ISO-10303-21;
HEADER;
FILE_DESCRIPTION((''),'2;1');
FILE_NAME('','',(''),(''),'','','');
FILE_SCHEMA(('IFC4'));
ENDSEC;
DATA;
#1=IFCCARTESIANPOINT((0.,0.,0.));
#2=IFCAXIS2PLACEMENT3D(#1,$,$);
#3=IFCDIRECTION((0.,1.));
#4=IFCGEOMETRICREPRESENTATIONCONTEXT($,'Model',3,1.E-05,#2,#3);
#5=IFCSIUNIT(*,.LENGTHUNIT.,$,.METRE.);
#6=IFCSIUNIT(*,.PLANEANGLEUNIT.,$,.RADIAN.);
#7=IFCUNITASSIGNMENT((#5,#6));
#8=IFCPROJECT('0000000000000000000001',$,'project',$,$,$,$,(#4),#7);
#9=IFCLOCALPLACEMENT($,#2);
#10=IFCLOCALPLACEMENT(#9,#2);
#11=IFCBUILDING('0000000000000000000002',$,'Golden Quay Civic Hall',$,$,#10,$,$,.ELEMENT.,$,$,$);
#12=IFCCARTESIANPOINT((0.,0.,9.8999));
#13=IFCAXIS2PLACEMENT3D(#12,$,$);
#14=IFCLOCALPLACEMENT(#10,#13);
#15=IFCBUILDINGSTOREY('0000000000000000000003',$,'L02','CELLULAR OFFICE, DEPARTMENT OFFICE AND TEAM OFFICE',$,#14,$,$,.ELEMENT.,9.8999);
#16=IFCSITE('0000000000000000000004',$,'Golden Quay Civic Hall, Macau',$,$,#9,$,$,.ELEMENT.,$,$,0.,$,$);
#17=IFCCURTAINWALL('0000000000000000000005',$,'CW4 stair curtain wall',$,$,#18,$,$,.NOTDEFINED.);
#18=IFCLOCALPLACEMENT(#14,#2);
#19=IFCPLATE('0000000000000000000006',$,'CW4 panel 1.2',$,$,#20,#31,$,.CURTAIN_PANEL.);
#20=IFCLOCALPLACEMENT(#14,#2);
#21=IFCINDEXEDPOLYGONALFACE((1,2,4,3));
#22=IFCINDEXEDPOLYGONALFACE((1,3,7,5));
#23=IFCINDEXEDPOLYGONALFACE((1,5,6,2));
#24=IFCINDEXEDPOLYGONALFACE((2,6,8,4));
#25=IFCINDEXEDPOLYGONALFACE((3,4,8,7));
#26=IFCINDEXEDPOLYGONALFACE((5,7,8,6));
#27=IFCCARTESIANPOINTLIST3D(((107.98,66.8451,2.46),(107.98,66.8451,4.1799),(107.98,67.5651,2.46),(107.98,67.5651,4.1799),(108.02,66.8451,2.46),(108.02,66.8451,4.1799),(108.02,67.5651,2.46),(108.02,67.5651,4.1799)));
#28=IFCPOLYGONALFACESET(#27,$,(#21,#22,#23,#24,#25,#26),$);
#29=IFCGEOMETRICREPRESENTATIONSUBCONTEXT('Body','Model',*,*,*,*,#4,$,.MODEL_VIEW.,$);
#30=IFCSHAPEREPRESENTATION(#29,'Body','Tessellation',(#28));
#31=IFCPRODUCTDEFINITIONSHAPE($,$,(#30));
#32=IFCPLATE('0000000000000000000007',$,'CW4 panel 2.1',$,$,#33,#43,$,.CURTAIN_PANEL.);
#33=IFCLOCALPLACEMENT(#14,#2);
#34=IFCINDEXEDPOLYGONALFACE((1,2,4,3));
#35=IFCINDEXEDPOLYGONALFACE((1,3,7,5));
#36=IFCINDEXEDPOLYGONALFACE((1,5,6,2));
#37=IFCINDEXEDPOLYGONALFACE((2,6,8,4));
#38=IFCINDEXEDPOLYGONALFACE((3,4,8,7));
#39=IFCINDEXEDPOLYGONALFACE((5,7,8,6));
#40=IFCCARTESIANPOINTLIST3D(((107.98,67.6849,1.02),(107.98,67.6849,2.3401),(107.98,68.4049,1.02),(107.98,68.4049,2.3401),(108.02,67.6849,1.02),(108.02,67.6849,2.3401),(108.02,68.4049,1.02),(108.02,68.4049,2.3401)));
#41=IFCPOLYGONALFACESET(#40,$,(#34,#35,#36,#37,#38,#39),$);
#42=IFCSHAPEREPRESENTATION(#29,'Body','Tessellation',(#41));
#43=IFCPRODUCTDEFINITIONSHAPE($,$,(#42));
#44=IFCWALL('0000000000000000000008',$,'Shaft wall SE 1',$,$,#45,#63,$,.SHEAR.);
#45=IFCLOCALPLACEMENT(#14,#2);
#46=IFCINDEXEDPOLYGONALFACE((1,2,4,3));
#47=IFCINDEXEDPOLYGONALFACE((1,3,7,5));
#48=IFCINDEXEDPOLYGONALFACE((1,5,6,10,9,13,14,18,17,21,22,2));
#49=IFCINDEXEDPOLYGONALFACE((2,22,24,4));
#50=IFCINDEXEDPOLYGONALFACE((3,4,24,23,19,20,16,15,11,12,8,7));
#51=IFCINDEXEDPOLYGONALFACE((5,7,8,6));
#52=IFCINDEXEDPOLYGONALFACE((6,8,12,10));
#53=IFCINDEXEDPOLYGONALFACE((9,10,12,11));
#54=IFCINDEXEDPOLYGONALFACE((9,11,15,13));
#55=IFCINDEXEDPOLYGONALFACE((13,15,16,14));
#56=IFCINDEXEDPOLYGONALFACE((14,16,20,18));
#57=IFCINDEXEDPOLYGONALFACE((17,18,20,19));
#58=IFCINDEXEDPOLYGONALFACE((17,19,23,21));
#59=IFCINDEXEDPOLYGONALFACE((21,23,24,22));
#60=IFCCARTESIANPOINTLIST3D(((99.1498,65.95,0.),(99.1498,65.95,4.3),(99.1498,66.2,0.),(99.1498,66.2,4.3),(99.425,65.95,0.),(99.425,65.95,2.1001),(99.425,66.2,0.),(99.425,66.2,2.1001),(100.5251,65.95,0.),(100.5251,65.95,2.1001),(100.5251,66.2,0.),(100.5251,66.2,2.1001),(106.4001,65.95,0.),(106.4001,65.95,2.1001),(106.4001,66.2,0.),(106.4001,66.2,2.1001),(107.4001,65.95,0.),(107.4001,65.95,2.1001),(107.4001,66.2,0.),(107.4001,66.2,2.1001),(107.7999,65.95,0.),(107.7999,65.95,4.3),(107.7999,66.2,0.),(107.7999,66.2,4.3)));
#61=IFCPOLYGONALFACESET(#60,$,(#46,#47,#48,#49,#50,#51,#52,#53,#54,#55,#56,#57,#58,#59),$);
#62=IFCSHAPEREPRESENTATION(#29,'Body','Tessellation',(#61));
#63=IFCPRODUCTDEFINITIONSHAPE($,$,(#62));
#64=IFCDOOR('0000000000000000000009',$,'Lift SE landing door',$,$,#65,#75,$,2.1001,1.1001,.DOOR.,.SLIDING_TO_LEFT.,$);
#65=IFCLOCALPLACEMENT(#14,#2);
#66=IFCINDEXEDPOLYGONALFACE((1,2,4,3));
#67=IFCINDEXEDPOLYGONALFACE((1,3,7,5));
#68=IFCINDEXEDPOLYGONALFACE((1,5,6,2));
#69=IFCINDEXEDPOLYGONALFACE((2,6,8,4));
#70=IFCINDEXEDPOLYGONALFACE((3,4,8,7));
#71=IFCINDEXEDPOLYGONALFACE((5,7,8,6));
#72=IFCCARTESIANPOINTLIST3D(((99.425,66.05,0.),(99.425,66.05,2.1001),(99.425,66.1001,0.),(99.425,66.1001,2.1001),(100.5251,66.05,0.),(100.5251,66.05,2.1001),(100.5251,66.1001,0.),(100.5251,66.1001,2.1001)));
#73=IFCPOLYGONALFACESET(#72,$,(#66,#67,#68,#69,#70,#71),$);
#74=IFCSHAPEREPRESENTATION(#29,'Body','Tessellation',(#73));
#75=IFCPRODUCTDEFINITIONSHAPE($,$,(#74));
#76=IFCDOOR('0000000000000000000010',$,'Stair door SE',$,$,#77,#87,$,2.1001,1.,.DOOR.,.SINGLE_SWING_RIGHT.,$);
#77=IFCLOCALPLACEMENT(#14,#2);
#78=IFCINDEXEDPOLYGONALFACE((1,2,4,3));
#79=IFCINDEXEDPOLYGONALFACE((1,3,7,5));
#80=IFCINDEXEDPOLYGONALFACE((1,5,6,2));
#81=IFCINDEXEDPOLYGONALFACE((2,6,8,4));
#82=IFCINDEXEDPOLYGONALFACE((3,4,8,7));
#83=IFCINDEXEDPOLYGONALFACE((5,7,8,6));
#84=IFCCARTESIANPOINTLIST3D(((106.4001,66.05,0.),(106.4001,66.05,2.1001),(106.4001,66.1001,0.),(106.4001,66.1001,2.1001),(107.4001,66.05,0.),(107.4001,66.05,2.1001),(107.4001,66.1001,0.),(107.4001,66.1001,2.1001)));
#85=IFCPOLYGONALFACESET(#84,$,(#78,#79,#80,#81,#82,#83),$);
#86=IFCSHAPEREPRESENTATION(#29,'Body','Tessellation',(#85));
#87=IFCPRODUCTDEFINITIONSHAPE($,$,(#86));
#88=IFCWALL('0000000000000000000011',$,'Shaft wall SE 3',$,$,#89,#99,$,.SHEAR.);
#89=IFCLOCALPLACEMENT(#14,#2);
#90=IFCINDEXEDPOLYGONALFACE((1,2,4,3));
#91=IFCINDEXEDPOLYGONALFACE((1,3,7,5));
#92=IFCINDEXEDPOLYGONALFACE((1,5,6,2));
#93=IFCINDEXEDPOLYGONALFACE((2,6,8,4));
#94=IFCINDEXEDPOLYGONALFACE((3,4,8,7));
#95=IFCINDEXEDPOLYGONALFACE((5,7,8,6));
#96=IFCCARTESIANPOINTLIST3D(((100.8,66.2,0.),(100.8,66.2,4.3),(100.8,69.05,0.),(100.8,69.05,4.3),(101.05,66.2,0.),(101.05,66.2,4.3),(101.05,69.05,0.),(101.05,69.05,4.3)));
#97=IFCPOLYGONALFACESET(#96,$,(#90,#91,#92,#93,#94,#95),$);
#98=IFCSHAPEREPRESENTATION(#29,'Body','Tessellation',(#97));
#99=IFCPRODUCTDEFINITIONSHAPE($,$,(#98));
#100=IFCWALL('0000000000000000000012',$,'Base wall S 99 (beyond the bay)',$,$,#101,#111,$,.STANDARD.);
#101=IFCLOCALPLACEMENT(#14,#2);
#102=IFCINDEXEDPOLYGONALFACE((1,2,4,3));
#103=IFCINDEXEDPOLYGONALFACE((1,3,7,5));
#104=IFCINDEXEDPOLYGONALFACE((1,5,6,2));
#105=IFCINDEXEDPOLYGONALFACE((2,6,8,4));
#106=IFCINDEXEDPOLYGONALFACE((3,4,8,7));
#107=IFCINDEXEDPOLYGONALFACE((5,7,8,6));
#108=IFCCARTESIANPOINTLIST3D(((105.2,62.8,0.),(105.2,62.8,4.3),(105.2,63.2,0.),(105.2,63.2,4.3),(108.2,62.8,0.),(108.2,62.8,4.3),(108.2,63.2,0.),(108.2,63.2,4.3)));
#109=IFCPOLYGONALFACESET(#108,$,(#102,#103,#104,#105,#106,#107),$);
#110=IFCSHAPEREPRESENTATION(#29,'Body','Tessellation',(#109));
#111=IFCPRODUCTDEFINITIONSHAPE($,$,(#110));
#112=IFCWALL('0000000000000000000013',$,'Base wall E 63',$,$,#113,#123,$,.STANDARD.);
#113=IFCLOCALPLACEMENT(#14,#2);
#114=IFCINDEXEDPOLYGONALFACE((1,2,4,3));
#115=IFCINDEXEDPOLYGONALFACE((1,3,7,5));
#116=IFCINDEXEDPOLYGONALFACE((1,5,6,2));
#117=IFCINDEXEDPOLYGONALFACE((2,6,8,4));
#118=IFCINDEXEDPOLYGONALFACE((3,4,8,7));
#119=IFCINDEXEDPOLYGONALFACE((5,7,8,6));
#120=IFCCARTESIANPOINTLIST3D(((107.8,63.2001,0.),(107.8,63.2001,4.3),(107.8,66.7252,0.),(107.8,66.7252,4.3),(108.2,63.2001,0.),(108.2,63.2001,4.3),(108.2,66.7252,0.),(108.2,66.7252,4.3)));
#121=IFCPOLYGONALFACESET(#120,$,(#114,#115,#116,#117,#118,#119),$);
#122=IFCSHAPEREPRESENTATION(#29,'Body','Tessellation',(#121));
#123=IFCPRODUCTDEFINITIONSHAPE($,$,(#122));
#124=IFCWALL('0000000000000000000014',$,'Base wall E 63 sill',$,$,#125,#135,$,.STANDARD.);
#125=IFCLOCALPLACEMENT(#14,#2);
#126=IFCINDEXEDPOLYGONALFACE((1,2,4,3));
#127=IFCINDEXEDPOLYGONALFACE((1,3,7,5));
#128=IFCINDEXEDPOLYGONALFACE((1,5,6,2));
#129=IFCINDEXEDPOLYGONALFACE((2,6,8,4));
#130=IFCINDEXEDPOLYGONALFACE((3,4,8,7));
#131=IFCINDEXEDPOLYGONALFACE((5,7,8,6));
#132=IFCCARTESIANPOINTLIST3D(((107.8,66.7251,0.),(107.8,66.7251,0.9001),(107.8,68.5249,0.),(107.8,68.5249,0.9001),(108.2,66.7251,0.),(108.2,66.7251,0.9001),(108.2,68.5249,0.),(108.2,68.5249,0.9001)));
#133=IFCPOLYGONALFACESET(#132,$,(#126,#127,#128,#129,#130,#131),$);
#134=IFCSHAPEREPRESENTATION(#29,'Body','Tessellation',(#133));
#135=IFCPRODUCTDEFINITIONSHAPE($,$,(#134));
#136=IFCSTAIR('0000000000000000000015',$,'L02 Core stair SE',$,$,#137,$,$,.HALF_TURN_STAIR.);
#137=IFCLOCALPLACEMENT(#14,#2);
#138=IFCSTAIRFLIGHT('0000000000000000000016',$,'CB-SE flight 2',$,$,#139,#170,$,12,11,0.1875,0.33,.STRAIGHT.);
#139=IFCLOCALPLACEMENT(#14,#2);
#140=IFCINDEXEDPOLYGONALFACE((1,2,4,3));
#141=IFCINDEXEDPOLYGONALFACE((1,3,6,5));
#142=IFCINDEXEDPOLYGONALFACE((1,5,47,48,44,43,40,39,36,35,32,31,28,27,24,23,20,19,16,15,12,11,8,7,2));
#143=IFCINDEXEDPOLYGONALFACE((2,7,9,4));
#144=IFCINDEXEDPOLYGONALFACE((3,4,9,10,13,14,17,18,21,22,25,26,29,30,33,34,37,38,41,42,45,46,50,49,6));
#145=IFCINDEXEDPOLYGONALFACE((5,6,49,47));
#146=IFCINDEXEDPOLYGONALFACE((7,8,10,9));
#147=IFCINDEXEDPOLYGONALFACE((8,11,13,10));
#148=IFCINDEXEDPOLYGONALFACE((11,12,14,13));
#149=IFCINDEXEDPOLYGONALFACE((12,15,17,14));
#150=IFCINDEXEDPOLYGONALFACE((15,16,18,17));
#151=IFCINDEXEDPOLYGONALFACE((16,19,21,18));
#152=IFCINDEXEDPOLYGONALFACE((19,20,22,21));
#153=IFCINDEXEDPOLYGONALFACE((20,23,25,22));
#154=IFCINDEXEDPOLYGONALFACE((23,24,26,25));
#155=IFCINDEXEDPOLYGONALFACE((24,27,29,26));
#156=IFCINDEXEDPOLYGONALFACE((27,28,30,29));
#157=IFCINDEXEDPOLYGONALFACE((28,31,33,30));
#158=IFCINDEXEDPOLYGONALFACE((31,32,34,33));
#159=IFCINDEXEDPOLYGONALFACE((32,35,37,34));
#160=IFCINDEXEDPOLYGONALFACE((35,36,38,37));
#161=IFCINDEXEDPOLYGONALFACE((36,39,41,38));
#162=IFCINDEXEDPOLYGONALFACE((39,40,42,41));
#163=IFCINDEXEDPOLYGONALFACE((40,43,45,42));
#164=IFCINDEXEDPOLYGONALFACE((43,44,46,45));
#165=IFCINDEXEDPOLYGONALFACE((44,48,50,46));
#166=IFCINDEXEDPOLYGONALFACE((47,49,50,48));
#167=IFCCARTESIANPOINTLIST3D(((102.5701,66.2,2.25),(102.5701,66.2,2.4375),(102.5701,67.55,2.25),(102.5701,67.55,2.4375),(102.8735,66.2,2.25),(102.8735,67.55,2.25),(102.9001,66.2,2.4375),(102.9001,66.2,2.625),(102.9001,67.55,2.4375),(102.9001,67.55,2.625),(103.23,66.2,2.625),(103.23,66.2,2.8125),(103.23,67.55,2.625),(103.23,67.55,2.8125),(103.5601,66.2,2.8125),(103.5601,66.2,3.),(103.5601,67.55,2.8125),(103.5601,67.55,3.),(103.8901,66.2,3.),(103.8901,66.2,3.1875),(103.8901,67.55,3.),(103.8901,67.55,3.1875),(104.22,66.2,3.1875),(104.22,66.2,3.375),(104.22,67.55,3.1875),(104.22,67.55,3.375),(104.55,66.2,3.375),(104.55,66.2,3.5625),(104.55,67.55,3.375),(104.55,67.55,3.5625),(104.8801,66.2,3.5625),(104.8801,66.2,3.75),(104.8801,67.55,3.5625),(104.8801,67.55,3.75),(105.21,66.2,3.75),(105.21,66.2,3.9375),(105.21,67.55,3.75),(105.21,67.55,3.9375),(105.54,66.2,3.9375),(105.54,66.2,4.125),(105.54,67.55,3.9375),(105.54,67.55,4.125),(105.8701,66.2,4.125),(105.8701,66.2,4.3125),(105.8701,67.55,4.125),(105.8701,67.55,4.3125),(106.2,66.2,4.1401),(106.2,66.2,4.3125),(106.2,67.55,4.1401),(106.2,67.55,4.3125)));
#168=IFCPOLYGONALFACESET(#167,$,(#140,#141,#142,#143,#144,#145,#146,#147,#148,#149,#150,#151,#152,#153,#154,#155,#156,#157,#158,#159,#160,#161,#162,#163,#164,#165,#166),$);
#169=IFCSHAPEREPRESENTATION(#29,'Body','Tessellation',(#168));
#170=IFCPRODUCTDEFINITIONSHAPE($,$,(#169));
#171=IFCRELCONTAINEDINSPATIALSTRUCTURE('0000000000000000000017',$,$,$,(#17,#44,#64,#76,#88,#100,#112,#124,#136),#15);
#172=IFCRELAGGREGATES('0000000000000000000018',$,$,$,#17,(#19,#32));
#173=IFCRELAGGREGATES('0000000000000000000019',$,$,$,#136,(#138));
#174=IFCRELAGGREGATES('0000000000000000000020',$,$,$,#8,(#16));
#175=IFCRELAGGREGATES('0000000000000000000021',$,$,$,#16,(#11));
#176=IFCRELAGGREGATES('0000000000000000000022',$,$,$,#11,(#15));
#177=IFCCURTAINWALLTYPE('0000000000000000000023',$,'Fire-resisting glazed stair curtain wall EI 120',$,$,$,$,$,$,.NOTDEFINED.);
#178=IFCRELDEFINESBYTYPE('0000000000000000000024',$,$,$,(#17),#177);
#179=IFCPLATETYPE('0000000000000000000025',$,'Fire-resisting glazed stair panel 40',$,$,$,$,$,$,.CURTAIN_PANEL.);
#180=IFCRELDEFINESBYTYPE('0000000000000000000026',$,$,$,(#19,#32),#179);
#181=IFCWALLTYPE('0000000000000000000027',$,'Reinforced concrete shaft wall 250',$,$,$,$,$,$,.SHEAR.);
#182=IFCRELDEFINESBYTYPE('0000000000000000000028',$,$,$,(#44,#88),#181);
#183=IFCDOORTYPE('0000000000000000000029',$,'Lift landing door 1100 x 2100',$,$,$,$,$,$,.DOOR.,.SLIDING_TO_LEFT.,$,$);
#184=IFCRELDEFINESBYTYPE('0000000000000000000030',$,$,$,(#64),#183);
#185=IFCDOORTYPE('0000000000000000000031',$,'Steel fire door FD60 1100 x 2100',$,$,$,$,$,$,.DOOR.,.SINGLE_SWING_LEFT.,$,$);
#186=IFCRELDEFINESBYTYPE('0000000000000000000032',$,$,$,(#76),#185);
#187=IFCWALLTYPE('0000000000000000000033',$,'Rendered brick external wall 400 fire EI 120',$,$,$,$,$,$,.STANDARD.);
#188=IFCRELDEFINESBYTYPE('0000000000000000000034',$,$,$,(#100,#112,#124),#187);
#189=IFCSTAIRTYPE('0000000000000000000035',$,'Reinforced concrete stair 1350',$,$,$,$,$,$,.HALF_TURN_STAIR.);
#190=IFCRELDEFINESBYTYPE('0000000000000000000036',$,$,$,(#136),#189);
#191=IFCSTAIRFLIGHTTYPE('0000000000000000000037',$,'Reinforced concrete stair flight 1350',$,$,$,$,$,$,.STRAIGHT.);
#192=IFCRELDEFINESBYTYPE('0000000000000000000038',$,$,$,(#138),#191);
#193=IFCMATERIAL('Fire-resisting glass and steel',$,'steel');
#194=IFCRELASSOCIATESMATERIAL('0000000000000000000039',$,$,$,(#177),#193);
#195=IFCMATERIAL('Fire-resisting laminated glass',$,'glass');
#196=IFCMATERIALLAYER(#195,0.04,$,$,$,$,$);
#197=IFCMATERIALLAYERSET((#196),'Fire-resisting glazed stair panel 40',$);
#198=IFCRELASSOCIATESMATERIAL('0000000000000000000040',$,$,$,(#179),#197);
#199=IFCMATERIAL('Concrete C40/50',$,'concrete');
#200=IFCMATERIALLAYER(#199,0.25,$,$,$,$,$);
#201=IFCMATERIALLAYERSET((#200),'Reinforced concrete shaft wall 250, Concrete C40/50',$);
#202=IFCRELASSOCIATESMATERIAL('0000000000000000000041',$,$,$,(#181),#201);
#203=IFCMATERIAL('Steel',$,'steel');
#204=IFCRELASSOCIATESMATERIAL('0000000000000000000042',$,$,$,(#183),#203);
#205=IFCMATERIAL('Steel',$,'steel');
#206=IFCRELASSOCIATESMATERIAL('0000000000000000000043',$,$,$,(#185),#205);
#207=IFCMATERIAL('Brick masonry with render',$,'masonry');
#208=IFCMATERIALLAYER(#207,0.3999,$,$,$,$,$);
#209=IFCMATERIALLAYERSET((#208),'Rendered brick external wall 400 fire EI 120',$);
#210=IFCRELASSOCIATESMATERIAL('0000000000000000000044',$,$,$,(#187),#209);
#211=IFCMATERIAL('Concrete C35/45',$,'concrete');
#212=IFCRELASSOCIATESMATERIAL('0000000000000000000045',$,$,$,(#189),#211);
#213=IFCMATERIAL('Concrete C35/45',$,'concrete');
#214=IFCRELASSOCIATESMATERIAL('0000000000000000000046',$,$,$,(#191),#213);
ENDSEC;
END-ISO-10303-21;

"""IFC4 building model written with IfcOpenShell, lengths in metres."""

from ifc_helpers import new_model, si_unit, direction, frame, frame_2d, origin, origin_2d, place, context, subcontext, project, spatial, polyline, rectangle, outline, extrude, material, layer, layer_set, type_object, element, fill, aggregate, save


model = new_model("IFC4")

# Units and contexts
model_context = context("Model", 3, precision=1e-05, world=origin(), true_north=direction((0.0, 1.0)))
body_context = subcontext(model_context, "Body", "Model", "MODEL_VIEW")
ifc_project = project(units=[si_unit("LENGTHUNIT", "METRE"), si_unit("PLANEANGLEUNIT", "RADIAN")], contexts=[model_context])

# Site, building, storey
site_placement = place(None, origin())
site = spatial("IfcSite", under=ifc_project, at=site_placement, Name="Golden Quay Civic Hall, Macau", CompositionType="ELEMENT", RefElevation=0.0)
building_placement = place(site_placement, origin())
building = spatial("IfcBuilding", under=site, at=building_placement, Name="Golden Quay Civic Hall", CompositionType="ELEMENT")
storey_placement = place(building_placement, frame((0.0, 0.0, 9.8999)))
storey = spatial("IfcBuildingStorey", under=building, at=storey_placement, Name="L02", Description="CELLULAR OFFICE, DEPARTMENT OFFICE AND TEAM OFFICE", CompositionType="ELEMENT", Elevation=9.8999)

# Shared definitions
ifc_material_1 = material(Name="Fire-resisting glass and steel", Category="steel")
curtain_wall_type = type_object("IfcCurtainWallType", Name="Fire-resisting glazed stair curtain wall EI 120", PredefinedType="NOTDEFINED", material=ifc_material_1)

# Curtain wall
curtain_wall_1_placement = place(storey_placement, origin())
curtain_wall_1 = element("IfcCurtainWall", 1, at=curtain_wall_1_placement, inside=storey, type_object=curtain_wall_type, Name="CW4 stair curtain wall", PredefinedType="NOTDEFINED")

# Plates
ifc_material_2 = material(Name="Fire-resisting laminated glass", Category="glass")
ifc_layer_1 = layer(ifc_material_2, 0.04)
ifc_layer_set_1 = layer_set([ifc_layer_1], Name="Fire-resisting glazed stair panel 40")
plate_type = type_object("IfcPlateType", Name="Fire-resisting glazed stair panel 40", PredefinedType="CURTAIN_PANEL", material=ifc_layer_set_1)
plate_1_placement = place(storey_placement, frame((108.0, 67.2051, 2.46), z_axis=(0.0, 0.0, 1.0), x_axis=(0.0, 1.0, 0.0)))
plate_1 = element("IfcPlate", 2, at=plate_1_placement, type_object=plate_type, Name="CW4 panel 1.2", PredefinedType="CURTAIN_PANEL", context=body_context, shape_type="SweptSolid", body=[
    extrude(rectangle(XDim=0.72, YDim=0.04, at=origin_2d()), origin(), (0.0, 0.0, 1.0), 1.72),
])
plate_2_placement = place(storey_placement, frame((108.0, 68.0449, 1.02), z_axis=(0.0, 0.0, 1.0), x_axis=(0.0, 1.0, 0.0)))
plate_2 = element("IfcPlate", 3, at=plate_2_placement, type_object=plate_type, Name="CW4 panel 2.1", PredefinedType="CURTAIN_PANEL", context=body_context, shape_type="SweptSolid", body=[
    extrude(rectangle(XDim=0.72, YDim=0.04, at=origin_2d()), origin(), (0.0, 0.0, 1.0), 1.3201),
])
aggregate(curtain_wall_1, [plate_1, plate_2])

# Wall, openings, doors
ifc_material_3 = material(Name="Concrete C40/50", Category="concrete")
ifc_layer_2 = layer(ifc_material_3, 0.25)
ifc_layer_set_2 = layer_set([ifc_layer_2], Name="Reinforced concrete shaft wall 250, Concrete C40/50")
wall_type_1 = type_object("IfcWallType", Name="Reinforced concrete shaft wall 250", PredefinedType="SHEAR", material=ifc_layer_set_2)
wall_1_placement = place(storey_placement, frame((107.8, 66.075, 0.0), z_axis=(0.0, 0.0, 1.0), x_axis=(-1.0, 0.0, 0.0)))
wall_1 = element("IfcWall", 4, at=wall_1_placement, inside=storey, type_object=wall_type_1, Name="Shaft wall SE 1", PredefinedType="SHEAR", context=body_context, shape_type="SweptSolid", body=[
    extrude(rectangle(XDim=8.6501, YDim=0.25, at=frame_2d((4.3252, 0.0))), origin(), (0.0, 0.0, 1.0), 4.3),
])
opening_1_placement = place(wall_1_placement, frame((0.3999, 0.0, 0.0)))
opening_1 = element("IfcOpeningElement", 5, at=opening_1_placement, cuts=wall_1, PredefinedType="OPENING", context=body_context, shape_type="SweptSolid", body=[
    extrude(rectangle(XDim=1.0, YDim=2.1001, at=frame_2d((0.5, 1.05))), frame((0.0, 0.135, 0.0), z_axis=(0.0, -1.0, 0.0), x_axis=(1.0, 0.0, 0.0)), (0.0, 0.0, 1.0), 0.27),
])
opening_2_placement = place(wall_1_placement, frame((7.2749, 0.0, 0.0)))
opening_2 = element("IfcOpeningElement", 6, at=opening_2_placement, cuts=wall_1, PredefinedType="OPENING", context=body_context, shape_type="SweptSolid", body=[
    extrude(rectangle(XDim=1.1001, YDim=2.1001, at=frame_2d((0.55, 1.05))), frame((0.0, 0.135, 0.0), z_axis=(0.0, -1.0, 0.0), x_axis=(1.0, 0.0, 0.0)), (0.0, 0.0, 1.0), 0.27),
])
ifc_material_4 = material(Name="Steel", Category="steel")
door_type_1 = type_object("IfcDoorType", Name="Lift landing door 1100 x 2100", OperationType="SLIDING_TO_LEFT", PredefinedType="DOOR", material=ifc_material_4)
door_1_placement = place(opening_2_placement, origin())
door_1 = element("IfcDoor", 7, at=door_1_placement, inside=storey, type_object=door_type_1, Name="Lift SE landing door", OperationType="SLIDING_TO_LEFT", OverallHeight=2.1001, OverallWidth=1.1001, PredefinedType="DOOR", context=body_context, shape_type="SweptSolid", body=[
    extrude(rectangle(XDim=1.1001, YDim=2.1001, at=frame_2d((0.55, 1.05))), frame((0.0, 0.0249, 0.0), z_axis=(0.0, -1.0, 0.0), x_axis=(1.0, 0.0, 0.0)), (0.0, 0.0, 1.0), 0.05),
])
fill(opening_2, door_1)
ifc_material_5 = material(Name="Steel", Category="steel")
door_type_2 = type_object("IfcDoorType", Name="Steel fire door FD60 1100 x 2100", OperationType="SINGLE_SWING_LEFT", PredefinedType="DOOR", material=ifc_material_5)
door_2_placement = place(opening_1_placement, frame((1.0, 0.0, 0.0), z_axis=(0.0, 0.0, 1.0), x_axis=(-1.0, 0.0, 0.0)))
door_2 = element("IfcDoor", 8, at=door_2_placement, inside=storey, type_object=door_type_2, Name="Stair door SE", OperationType="SINGLE_SWING_RIGHT", OverallHeight=2.1001, OverallWidth=1.0, PredefinedType="DOOR", context=body_context, shape_type="SweptSolid", body=[
    extrude(rectangle(XDim=1.0, YDim=2.1001, at=frame_2d((0.5, 1.05))), frame((0.0, 0.0251, 0.0), z_axis=(0.0, -1.0, 0.0), x_axis=(1.0, 0.0, 0.0)), (0.0, 0.0, 1.0), 0.05),
])
fill(opening_1, door_2)

# Walls
wall_2_placement = place(storey_placement, frame((100.925, 66.2, 0.0), z_axis=(0.0, 0.0, 1.0), x_axis=(0.0, 1.0, 0.0)))
element("IfcWall", 9, at=wall_2_placement, inside=storey, type_object=wall_type_1, Name="Shaft wall SE 3", PredefinedType="SHEAR", context=body_context, shape_type="SweptSolid", body=[
    extrude(rectangle(XDim=2.8501, YDim=0.25, at=frame_2d((1.425, 0.0))), origin(), (0.0, 0.0, 1.0), 4.3),
])
ifc_material_6 = material(Name="Brick masonry with render", Category="masonry")
ifc_layer_3 = layer(ifc_material_6, 0.3999)
ifc_layer_set_3 = layer_set([ifc_layer_3], Name="Rendered brick external wall 400 fire EI 120")
wall_type_2 = type_object("IfcWallType", Name="Rendered brick external wall 400 fire EI 120", PredefinedType="STANDARD", material=ifc_layer_set_3)
wall_3_placement = place(storey_placement, frame((105.2, 63.0, 0.0), z_axis=(0.0, 0.0, 1.0), x_axis=(1.0, 0.0, 0.0)))
element("IfcWall", 10, at=wall_3_placement, inside=storey, type_object=wall_type_2, Name="Base wall S 99 (beyond the bay)", PredefinedType="STANDARD", context=body_context, shape_type="SweptSolid", body=[
    extrude(rectangle(XDim=3.0, YDim=0.3999, at=frame_2d((1.5, 0.0))), origin(), (0.0, 0.0, 1.0), 4.3),
])
wall_4_placement = place(storey_placement, frame((108.0, 63.2, 0.0), z_axis=(0.0, 0.0, 1.0), x_axis=(0.0, 1.0, 0.0)))
element("IfcWall", 11, at=wall_4_placement, inside=storey, type_object=wall_type_2, Name="Base wall E 63", PredefinedType="STANDARD", context=body_context, shape_type="SweptSolid", body=[
    extrude(rectangle(XDim=3.5251, YDim=0.3999, at=frame_2d((1.7627, 0.0))), origin(), (0.0, 0.0, 1.0), 4.3),
])
wall_5_placement = place(storey_placement, frame((108.0, 66.7251, 0.0), z_axis=(0.0, 0.0, 1.0), x_axis=(0.0, 1.0, 0.0)))
element("IfcWall", 12, at=wall_5_placement, inside=storey, type_object=wall_type_2, Name="Base wall E 63 sill", PredefinedType="STANDARD", context=body_context, shape_type="SweptSolid", body=[
    extrude(rectangle(XDim=1.7998, YDim=0.3999, at=frame_2d((0.8999, 0.0))), origin(), (0.0, 0.0, 1.0), 0.9001),
])

# Stair, stair flight
ifc_material_7 = material(Name="Concrete C35/45", Category="concrete")
stair_type = type_object("IfcStairType", Name="Reinforced concrete stair 1350", PredefinedType="HALF_TURN_STAIR", material=ifc_material_7)
stair_placement = place(storey_placement, origin())
stair = element("IfcStair", 13, at=stair_placement, inside=storey, type_object=stair_type, Name="L02 Core stair SE", PredefinedType="HALF_TURN_STAIR")
ifc_material_8 = material(Name="Concrete C35/45", Category="concrete")
stair_flight_type = type_object("IfcStairFlightType", Name="Reinforced concrete stair flight 1350", PredefinedType="STRAIGHT", material=ifc_material_8)
stair_flight_placement = place(storey_placement, frame((102.5701, 66.875, 2.25), z_axis=(0.0, 0.0, 1.0), x_axis=(1.0, 0.0, 0.0)))
stair_flight = element("IfcStairFlight", 14, at=stair_flight_placement, type_object=stair_flight_type, Name="CB-SE flight 2", NumberOfRisers=12, NumberOfTreads=11, PredefinedType="STRAIGHT", RiserHeight=0.1875, TreadLength=0.33, context=body_context, shape_type="SweptSolid", body=[
    extrude(outline(polyline([(0.0, 0.0), (0.0, 0.1875), (0.3301, 0.1875), (0.3301, 0.375), (0.6599, 0.375), (0.6599, 0.5625), (0.99, 0.5625), (0.99, 0.75), (1.3201, 0.75), (1.3201, 0.9375), (1.6499, 0.9375), (1.6499, 1.125), (1.98, 1.125), (1.98, 1.3125), (2.3101, 1.3125), (2.3101, 1.5), (2.6399, 1.5), (2.6399, 1.6875), (2.97, 1.6875), (2.97, 1.875), (3.3, 1.875), (3.3, 2.0625), (3.6299, 2.0625), (3.6299, 2.25), (3.6299, 1.8901), (0.3035, 0.0), (0.0, 0.0)])), frame((0.0, 0.675, 0.0), z_axis=(0.0, -1.0, 0.0), x_axis=(1.0, 0.0, 0.0)), (0.0, 0.0, 1.0), 1.35),
])
aggregate(stair, [stair_flight])

save(model, "model.ifc")
